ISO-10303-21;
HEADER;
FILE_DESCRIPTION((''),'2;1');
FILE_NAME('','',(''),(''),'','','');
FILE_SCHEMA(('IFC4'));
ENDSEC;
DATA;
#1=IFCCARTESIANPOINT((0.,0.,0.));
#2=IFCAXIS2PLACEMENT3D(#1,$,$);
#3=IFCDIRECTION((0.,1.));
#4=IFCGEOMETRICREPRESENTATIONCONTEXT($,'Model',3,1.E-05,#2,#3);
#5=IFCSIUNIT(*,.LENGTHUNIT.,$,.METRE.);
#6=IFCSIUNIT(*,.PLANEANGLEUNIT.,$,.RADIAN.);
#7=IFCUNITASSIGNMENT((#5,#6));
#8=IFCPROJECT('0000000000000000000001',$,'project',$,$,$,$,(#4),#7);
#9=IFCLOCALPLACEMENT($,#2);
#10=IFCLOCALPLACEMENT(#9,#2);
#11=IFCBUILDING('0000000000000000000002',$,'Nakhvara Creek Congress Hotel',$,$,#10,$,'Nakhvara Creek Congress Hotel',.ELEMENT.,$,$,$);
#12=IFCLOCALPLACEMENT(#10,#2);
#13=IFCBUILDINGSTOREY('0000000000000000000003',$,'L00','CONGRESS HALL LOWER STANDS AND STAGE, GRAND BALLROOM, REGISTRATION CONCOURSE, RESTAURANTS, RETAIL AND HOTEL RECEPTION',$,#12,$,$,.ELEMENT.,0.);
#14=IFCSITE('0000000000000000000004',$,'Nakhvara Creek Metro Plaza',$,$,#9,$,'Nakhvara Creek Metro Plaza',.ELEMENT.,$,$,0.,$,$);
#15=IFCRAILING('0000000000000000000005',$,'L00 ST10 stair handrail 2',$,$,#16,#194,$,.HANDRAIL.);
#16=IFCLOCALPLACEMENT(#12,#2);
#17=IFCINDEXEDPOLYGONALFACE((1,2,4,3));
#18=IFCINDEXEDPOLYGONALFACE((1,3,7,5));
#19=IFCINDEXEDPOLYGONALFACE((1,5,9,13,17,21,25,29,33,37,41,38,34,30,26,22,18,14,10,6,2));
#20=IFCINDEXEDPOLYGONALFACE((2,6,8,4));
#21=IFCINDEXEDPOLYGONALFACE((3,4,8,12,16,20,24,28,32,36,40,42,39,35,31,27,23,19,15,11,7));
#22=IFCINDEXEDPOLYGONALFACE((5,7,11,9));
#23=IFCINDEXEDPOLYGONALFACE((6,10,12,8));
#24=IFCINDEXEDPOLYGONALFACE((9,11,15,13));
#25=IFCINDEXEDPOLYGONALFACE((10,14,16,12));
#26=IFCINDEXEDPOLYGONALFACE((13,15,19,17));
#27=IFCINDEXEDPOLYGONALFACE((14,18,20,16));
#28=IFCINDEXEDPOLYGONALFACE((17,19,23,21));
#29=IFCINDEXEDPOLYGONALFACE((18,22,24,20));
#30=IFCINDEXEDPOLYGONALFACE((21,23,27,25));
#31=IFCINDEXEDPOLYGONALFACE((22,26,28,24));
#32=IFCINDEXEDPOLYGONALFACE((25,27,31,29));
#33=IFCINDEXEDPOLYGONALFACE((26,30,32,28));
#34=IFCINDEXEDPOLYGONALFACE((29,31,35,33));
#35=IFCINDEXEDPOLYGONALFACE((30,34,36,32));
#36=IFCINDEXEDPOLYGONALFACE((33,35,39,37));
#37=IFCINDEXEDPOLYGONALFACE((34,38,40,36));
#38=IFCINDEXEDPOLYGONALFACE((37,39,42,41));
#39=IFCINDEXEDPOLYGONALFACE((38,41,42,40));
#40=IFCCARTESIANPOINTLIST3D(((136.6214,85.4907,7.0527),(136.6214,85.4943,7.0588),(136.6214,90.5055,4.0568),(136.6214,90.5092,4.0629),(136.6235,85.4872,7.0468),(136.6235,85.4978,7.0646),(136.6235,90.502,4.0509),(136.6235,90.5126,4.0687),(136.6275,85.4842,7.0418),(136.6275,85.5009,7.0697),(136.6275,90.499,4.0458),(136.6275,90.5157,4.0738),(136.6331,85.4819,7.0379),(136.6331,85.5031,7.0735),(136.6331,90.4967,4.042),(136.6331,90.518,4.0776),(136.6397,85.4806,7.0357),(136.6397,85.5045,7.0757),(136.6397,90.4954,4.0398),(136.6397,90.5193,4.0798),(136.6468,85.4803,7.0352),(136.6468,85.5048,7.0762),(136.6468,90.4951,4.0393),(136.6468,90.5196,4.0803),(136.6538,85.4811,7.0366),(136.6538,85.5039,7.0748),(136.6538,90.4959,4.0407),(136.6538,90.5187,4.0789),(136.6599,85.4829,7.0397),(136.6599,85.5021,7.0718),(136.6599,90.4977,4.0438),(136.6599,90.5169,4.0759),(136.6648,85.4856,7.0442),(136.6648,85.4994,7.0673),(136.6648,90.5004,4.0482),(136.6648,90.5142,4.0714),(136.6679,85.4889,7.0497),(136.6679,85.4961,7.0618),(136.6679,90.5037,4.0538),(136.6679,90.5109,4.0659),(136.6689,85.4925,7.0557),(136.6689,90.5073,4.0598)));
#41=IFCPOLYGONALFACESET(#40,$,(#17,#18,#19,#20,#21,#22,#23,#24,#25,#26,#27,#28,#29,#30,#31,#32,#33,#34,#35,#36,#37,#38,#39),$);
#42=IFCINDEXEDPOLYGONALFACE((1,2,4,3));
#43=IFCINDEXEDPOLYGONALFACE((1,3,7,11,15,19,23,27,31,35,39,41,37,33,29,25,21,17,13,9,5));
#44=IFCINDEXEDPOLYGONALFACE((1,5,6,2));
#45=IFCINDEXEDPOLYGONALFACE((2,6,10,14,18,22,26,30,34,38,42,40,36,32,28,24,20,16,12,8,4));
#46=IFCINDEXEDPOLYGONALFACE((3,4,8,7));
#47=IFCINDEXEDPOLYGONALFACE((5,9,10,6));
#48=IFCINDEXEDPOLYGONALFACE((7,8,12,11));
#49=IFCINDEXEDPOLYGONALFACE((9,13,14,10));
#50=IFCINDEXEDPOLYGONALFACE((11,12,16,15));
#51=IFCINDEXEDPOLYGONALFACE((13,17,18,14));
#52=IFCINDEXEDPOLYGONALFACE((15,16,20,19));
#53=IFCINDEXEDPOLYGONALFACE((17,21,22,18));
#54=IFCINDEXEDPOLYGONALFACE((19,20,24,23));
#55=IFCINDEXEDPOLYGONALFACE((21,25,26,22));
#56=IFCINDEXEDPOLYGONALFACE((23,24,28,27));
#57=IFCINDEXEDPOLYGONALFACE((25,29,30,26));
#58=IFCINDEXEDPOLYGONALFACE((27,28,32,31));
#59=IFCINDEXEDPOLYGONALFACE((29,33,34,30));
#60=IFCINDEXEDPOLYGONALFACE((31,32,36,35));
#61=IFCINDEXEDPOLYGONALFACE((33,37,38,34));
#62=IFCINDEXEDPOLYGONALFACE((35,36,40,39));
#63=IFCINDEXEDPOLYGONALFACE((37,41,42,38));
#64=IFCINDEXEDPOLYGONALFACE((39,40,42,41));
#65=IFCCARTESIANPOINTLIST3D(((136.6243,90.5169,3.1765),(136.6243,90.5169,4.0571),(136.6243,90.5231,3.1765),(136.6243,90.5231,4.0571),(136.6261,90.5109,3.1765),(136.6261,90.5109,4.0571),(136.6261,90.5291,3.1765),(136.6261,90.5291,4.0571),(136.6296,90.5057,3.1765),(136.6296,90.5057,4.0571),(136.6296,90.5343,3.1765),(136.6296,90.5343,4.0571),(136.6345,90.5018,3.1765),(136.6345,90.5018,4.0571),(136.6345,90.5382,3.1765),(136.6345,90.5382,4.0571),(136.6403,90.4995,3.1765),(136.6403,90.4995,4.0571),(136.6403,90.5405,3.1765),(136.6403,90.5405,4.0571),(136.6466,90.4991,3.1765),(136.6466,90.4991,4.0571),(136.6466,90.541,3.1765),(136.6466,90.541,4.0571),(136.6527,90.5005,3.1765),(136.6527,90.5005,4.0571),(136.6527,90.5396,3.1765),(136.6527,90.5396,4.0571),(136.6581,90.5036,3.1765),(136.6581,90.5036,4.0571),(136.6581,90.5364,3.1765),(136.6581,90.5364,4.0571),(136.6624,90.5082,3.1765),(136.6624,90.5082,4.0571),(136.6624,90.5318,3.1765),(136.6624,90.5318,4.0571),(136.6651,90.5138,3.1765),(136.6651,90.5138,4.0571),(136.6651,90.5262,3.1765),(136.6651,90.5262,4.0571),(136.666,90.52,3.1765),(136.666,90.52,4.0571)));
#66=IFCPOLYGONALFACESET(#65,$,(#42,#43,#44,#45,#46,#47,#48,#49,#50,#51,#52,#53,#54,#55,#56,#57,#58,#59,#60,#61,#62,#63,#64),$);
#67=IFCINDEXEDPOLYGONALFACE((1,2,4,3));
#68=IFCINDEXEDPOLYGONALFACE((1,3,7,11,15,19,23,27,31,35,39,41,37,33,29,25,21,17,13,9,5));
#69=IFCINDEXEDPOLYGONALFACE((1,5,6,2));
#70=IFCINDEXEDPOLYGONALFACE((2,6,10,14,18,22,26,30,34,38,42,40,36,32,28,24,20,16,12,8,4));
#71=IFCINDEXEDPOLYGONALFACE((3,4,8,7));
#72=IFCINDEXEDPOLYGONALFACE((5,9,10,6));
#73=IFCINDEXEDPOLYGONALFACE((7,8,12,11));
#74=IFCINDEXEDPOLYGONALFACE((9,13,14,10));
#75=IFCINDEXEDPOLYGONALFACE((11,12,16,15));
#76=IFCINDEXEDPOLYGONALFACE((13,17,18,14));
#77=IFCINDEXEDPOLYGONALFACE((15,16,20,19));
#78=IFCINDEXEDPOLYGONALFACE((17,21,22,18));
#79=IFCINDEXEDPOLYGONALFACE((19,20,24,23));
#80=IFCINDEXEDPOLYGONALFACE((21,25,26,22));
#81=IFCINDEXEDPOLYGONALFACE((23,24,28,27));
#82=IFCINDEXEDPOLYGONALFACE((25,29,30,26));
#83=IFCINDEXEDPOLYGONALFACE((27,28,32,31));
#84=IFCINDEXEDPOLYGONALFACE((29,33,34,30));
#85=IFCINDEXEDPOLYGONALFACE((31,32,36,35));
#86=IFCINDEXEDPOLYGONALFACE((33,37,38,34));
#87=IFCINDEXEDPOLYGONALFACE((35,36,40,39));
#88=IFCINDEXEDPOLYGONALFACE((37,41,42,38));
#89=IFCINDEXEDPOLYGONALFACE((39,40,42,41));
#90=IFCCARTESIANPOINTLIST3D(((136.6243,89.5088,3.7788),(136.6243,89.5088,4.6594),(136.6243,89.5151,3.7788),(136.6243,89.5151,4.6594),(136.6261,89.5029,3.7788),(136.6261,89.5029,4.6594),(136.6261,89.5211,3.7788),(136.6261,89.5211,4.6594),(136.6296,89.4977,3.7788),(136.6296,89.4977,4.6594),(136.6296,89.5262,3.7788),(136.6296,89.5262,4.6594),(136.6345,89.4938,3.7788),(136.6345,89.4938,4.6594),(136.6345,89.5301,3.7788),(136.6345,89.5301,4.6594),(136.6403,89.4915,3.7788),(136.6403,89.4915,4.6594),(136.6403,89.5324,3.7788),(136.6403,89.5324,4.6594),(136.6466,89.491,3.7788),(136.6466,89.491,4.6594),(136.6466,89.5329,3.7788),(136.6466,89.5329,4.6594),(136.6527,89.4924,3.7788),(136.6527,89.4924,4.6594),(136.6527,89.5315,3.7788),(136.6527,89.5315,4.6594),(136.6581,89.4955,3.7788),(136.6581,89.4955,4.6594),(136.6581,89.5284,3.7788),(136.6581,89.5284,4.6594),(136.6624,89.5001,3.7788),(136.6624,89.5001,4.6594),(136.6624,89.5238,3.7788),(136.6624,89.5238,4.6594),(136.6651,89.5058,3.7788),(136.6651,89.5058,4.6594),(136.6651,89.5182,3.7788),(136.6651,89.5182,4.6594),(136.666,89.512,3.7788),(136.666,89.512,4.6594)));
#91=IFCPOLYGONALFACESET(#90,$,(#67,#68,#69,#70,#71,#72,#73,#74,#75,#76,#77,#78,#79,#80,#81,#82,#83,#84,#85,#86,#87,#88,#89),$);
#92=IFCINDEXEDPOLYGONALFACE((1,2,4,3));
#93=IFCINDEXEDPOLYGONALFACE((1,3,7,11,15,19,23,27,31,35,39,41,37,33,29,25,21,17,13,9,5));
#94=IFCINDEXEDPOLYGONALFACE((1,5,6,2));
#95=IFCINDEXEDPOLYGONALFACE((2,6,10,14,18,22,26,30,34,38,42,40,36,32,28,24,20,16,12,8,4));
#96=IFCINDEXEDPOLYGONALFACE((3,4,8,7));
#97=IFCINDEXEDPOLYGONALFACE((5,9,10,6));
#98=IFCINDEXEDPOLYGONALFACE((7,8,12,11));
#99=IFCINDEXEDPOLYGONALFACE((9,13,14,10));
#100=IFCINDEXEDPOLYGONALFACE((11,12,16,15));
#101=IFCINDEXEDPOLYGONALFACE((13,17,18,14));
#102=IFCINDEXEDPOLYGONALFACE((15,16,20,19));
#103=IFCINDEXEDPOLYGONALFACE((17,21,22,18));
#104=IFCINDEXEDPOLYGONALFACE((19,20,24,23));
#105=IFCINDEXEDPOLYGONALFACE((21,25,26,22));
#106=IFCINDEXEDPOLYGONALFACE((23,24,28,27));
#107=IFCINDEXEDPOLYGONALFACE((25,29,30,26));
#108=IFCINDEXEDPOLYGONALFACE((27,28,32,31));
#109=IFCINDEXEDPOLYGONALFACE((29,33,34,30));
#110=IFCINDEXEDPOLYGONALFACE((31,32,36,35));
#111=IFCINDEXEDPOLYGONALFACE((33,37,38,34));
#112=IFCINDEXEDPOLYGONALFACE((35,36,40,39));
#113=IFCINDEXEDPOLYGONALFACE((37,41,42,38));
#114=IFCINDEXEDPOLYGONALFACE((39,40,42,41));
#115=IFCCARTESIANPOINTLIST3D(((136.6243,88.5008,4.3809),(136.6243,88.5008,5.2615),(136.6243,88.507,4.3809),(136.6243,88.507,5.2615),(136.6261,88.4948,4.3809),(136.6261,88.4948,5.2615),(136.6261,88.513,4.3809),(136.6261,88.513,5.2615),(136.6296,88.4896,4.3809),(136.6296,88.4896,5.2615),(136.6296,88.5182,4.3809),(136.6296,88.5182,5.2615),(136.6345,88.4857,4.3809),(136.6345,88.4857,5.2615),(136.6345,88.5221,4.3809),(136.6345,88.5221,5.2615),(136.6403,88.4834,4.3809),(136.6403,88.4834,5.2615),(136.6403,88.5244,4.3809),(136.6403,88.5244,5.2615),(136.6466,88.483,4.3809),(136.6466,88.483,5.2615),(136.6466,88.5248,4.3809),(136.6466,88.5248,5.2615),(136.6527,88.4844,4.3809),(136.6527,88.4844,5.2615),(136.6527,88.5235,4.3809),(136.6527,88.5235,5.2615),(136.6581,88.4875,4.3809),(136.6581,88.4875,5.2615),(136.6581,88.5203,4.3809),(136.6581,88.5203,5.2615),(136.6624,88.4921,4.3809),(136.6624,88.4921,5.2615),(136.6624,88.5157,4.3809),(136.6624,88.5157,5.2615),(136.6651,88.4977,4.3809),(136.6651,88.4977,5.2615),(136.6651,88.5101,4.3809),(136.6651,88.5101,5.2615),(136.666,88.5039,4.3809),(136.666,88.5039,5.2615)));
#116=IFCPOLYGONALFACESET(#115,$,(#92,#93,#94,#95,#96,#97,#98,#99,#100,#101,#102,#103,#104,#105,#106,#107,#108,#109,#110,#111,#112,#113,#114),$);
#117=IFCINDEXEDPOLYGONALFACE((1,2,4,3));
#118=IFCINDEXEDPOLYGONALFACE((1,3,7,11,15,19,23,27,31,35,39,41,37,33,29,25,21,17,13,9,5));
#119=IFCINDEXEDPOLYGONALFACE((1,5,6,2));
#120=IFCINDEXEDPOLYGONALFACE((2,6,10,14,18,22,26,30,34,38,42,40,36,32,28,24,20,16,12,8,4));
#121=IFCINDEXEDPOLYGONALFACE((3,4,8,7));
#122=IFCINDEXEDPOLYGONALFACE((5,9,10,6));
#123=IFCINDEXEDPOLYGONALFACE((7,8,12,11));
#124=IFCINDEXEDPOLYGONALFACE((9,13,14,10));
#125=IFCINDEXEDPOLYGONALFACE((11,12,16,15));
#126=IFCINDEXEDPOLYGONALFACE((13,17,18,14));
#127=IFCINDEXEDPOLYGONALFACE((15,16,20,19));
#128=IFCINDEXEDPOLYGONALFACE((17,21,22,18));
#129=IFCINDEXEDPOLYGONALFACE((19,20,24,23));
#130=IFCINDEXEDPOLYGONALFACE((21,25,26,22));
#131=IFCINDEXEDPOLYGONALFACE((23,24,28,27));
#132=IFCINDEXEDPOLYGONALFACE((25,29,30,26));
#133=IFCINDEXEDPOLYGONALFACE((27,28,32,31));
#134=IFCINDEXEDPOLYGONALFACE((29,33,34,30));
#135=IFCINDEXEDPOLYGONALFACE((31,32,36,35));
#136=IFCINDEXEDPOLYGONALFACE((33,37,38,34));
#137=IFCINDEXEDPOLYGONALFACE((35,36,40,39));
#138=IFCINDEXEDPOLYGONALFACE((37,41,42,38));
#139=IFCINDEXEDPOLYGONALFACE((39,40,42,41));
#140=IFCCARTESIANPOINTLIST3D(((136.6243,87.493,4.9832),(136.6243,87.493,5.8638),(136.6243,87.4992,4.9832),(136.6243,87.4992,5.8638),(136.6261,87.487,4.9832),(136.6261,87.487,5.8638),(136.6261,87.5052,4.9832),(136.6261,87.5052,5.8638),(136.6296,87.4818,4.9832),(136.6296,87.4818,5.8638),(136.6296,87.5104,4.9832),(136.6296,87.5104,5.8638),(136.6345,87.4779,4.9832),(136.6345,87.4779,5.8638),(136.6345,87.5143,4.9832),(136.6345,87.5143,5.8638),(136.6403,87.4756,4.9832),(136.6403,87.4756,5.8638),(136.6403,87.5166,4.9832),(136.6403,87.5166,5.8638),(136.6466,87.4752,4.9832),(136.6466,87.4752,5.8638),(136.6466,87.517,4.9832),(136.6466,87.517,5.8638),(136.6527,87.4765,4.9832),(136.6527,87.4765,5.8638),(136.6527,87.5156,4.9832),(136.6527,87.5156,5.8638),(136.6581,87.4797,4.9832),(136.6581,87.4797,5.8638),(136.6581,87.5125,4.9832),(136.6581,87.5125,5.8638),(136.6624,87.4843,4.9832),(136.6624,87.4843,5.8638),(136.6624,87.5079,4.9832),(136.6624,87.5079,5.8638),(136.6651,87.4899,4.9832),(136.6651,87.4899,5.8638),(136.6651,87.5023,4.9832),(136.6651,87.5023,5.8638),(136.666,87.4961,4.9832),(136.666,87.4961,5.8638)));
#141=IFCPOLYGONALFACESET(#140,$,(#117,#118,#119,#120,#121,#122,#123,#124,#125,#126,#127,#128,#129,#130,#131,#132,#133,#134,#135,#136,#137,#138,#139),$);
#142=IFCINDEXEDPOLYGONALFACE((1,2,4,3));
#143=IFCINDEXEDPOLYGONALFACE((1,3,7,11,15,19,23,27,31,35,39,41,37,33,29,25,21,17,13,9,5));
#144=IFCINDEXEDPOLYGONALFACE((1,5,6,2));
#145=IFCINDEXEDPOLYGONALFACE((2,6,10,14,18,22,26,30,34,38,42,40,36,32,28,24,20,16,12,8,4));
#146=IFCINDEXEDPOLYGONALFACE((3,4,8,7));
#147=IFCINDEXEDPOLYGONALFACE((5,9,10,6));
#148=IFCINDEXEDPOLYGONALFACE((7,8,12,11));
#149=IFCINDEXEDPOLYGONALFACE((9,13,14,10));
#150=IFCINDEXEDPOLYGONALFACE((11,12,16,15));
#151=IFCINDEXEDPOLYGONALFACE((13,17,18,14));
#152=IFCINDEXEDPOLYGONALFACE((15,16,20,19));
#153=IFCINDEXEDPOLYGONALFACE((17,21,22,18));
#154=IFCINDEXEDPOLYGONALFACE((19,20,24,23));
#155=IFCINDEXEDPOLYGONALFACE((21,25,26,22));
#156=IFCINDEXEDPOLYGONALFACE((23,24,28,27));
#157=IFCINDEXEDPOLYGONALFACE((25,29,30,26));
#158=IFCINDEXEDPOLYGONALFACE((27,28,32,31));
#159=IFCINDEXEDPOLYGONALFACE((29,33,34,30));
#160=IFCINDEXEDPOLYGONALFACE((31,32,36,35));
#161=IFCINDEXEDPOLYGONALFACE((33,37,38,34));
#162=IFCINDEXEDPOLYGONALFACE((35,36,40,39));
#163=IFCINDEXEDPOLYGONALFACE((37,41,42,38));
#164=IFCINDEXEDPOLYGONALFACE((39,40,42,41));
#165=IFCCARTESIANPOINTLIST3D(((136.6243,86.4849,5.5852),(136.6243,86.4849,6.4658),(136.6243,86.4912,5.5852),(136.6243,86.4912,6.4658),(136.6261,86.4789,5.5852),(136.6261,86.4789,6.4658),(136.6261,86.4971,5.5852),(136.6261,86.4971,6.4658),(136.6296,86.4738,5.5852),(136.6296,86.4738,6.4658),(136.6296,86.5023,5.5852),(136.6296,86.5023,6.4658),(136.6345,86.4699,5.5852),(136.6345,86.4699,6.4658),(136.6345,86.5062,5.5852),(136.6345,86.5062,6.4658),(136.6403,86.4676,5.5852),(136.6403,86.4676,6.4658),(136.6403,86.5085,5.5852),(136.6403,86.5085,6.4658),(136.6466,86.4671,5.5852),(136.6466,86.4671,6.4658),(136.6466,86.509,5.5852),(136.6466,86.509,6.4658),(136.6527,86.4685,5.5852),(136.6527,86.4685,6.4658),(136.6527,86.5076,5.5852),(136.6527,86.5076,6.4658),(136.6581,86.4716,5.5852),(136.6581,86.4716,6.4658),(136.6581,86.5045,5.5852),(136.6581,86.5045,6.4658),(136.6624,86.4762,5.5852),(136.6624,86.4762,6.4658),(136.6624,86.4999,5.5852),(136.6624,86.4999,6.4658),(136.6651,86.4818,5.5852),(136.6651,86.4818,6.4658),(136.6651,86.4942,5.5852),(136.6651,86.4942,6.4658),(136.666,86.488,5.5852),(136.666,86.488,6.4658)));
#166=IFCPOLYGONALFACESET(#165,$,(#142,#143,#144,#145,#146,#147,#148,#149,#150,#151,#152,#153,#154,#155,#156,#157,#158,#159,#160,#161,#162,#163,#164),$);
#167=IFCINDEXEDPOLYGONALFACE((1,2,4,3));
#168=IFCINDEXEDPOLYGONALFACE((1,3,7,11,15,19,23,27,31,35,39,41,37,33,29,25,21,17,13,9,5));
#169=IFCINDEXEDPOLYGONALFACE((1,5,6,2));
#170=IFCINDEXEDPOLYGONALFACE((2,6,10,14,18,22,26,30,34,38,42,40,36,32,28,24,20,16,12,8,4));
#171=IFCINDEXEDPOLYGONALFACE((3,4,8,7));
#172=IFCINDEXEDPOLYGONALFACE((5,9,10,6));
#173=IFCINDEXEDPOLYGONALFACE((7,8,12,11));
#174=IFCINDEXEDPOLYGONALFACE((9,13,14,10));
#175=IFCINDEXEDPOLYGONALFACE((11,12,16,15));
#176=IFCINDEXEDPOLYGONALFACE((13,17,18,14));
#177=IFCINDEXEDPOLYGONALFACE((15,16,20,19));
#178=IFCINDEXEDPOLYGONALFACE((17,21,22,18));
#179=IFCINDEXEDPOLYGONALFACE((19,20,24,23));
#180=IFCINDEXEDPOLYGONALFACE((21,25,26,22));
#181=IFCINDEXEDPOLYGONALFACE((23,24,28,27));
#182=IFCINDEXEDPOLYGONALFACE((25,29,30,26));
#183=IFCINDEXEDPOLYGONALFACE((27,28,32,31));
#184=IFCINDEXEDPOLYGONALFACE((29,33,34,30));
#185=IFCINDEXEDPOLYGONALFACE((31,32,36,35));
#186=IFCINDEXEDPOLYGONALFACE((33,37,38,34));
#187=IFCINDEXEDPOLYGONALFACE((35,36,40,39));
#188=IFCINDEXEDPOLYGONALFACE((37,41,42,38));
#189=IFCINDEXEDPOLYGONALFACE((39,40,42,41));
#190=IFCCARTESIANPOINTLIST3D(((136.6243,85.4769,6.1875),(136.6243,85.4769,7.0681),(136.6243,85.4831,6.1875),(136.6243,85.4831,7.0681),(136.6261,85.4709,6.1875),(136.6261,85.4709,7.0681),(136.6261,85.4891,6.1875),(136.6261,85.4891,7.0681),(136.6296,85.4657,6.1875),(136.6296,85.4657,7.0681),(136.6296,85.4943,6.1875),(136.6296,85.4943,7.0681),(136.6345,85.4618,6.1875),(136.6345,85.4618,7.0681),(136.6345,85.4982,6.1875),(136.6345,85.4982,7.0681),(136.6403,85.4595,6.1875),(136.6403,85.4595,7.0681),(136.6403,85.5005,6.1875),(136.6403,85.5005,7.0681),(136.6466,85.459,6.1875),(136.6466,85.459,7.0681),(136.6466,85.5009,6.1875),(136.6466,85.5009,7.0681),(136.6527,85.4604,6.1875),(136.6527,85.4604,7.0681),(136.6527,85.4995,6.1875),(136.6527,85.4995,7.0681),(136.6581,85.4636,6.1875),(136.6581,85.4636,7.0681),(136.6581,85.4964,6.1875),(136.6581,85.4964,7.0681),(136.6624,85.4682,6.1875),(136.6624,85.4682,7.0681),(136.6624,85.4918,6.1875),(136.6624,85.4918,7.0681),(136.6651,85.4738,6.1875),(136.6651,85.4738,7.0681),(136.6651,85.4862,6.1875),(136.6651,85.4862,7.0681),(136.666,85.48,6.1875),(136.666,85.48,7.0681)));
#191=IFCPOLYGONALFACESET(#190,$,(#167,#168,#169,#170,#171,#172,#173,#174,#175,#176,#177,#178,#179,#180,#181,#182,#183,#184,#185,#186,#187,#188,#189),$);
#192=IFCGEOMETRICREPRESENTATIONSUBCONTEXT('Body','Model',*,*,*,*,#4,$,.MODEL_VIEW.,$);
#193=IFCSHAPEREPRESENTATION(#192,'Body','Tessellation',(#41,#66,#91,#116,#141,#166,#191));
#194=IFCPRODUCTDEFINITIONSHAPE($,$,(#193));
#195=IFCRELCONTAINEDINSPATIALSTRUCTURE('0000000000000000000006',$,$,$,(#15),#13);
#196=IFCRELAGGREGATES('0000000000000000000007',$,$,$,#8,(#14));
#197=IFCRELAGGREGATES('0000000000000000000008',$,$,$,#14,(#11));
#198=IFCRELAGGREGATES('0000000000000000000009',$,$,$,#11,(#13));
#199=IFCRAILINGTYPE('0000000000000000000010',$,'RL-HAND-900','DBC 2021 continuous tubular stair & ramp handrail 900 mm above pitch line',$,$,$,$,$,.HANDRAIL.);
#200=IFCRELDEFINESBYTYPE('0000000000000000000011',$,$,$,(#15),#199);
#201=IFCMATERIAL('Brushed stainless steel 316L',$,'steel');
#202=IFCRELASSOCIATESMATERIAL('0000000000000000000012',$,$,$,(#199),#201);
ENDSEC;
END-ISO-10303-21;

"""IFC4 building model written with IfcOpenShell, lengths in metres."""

from ifc_helpers import new_model, si_unit, direction, frame, origin, origin_2d, place, context, subcontext, project, spatial, circle, extrude, material, type_object, element, save


model = new_model("IFC4")

# Units and contexts
model_context = context("Model", 3, precision=1e-05, world=origin(), true_north=direction((0.0, 1.0)))
body_context = subcontext(model_context, "Body", "Model", "MODEL_VIEW")
ifc_project = project(units=[si_unit("LENGTHUNIT", "METRE"), si_unit("PLANEANGLEUNIT", "RADIAN")], contexts=[model_context])

# Site, building, storey
site_placement = place(None, origin())
site = spatial("IfcSite", under=ifc_project, at=site_placement, Name="Nakhvara Creek Metro Plaza", LongName="Nakhvara Creek Metro Plaza", CompositionType="ELEMENT", RefElevation=0.0)
building_placement = place(site_placement, origin())
building = spatial("IfcBuilding", under=site, at=building_placement, Name="Nakhvara Creek Congress Hotel", LongName="Nakhvara Creek Congress Hotel", CompositionType="ELEMENT")
storey_placement = place(building_placement, origin())
storey = spatial("IfcBuildingStorey", under=building, at=storey_placement, Name="L00", Description="CONGRESS HALL LOWER STANDS AND STAGE, GRAND BALLROOM, REGISTRATION CONCOURSE, RESTAURANTS, RETAIL AND HOTEL RECEPTION", CompositionType="ELEMENT", Elevation=0.0)

# Railing
ifc_material_1 = material(Name="Brushed stainless steel 316L", Category="steel")
railing_type_1 = type_object("IfcRailingType", Name="RL-HAND-900", Description="DBC 2021 continuous tubular stair & ramp handrail 900 mm above pitch line", PredefinedType="HANDRAIL", material=ifc_material_1)
railing_1_placement = place(storey_placement, frame((136.645, 90.52, 3.1765)))
element("IfcRailing", 1, at=railing_1_placement, inside=storey, type_object=railing_type_1, Name="L00 ST10 stair handrail 2", PredefinedType="HANDRAIL", context=body_context, shape_type="SweptSolid", body=[
    extrude(circle(Radius=0.0239, at=origin_2d()), frame((0.0, -0.0127, 0.8833), z_axis=(0.0, -0.858471, 0.512862), x_axis=(1.0, 0.0, 0.0)), (0.0, 0.0, 1.0), 5.8416),
    extrude(circle(Radius=0.021, at=origin_2d()), origin(), (0.0, 0.0, 1.0), 0.8806),
    extrude(circle(Radius=0.021, at=origin_2d()), frame((0.0, -1.0081, 0.6023)), (0.0, 0.0, 1.0), 0.8806),
    extrude(circle(Radius=0.021, at=origin_2d()), frame((0.0, -2.0161, 1.2043)), (0.0, 0.0, 1.0), 0.8806),
    extrude(circle(Radius=0.021, at=origin_2d()), frame((0.0, -3.0239, 1.8066)), (0.0, 0.0, 1.0), 0.8806),
    extrude(circle(Radius=0.021, at=origin_2d()), frame((0.0, -4.032, 2.4087)), (0.0, 0.0, 1.0), 0.8806),
    extrude(circle(Radius=0.021, at=origin_2d()), frame((0.0, -5.04, 3.011)), (0.0, 0.0, 1.0), 0.8806),
])

save(model, "model.ifc")
